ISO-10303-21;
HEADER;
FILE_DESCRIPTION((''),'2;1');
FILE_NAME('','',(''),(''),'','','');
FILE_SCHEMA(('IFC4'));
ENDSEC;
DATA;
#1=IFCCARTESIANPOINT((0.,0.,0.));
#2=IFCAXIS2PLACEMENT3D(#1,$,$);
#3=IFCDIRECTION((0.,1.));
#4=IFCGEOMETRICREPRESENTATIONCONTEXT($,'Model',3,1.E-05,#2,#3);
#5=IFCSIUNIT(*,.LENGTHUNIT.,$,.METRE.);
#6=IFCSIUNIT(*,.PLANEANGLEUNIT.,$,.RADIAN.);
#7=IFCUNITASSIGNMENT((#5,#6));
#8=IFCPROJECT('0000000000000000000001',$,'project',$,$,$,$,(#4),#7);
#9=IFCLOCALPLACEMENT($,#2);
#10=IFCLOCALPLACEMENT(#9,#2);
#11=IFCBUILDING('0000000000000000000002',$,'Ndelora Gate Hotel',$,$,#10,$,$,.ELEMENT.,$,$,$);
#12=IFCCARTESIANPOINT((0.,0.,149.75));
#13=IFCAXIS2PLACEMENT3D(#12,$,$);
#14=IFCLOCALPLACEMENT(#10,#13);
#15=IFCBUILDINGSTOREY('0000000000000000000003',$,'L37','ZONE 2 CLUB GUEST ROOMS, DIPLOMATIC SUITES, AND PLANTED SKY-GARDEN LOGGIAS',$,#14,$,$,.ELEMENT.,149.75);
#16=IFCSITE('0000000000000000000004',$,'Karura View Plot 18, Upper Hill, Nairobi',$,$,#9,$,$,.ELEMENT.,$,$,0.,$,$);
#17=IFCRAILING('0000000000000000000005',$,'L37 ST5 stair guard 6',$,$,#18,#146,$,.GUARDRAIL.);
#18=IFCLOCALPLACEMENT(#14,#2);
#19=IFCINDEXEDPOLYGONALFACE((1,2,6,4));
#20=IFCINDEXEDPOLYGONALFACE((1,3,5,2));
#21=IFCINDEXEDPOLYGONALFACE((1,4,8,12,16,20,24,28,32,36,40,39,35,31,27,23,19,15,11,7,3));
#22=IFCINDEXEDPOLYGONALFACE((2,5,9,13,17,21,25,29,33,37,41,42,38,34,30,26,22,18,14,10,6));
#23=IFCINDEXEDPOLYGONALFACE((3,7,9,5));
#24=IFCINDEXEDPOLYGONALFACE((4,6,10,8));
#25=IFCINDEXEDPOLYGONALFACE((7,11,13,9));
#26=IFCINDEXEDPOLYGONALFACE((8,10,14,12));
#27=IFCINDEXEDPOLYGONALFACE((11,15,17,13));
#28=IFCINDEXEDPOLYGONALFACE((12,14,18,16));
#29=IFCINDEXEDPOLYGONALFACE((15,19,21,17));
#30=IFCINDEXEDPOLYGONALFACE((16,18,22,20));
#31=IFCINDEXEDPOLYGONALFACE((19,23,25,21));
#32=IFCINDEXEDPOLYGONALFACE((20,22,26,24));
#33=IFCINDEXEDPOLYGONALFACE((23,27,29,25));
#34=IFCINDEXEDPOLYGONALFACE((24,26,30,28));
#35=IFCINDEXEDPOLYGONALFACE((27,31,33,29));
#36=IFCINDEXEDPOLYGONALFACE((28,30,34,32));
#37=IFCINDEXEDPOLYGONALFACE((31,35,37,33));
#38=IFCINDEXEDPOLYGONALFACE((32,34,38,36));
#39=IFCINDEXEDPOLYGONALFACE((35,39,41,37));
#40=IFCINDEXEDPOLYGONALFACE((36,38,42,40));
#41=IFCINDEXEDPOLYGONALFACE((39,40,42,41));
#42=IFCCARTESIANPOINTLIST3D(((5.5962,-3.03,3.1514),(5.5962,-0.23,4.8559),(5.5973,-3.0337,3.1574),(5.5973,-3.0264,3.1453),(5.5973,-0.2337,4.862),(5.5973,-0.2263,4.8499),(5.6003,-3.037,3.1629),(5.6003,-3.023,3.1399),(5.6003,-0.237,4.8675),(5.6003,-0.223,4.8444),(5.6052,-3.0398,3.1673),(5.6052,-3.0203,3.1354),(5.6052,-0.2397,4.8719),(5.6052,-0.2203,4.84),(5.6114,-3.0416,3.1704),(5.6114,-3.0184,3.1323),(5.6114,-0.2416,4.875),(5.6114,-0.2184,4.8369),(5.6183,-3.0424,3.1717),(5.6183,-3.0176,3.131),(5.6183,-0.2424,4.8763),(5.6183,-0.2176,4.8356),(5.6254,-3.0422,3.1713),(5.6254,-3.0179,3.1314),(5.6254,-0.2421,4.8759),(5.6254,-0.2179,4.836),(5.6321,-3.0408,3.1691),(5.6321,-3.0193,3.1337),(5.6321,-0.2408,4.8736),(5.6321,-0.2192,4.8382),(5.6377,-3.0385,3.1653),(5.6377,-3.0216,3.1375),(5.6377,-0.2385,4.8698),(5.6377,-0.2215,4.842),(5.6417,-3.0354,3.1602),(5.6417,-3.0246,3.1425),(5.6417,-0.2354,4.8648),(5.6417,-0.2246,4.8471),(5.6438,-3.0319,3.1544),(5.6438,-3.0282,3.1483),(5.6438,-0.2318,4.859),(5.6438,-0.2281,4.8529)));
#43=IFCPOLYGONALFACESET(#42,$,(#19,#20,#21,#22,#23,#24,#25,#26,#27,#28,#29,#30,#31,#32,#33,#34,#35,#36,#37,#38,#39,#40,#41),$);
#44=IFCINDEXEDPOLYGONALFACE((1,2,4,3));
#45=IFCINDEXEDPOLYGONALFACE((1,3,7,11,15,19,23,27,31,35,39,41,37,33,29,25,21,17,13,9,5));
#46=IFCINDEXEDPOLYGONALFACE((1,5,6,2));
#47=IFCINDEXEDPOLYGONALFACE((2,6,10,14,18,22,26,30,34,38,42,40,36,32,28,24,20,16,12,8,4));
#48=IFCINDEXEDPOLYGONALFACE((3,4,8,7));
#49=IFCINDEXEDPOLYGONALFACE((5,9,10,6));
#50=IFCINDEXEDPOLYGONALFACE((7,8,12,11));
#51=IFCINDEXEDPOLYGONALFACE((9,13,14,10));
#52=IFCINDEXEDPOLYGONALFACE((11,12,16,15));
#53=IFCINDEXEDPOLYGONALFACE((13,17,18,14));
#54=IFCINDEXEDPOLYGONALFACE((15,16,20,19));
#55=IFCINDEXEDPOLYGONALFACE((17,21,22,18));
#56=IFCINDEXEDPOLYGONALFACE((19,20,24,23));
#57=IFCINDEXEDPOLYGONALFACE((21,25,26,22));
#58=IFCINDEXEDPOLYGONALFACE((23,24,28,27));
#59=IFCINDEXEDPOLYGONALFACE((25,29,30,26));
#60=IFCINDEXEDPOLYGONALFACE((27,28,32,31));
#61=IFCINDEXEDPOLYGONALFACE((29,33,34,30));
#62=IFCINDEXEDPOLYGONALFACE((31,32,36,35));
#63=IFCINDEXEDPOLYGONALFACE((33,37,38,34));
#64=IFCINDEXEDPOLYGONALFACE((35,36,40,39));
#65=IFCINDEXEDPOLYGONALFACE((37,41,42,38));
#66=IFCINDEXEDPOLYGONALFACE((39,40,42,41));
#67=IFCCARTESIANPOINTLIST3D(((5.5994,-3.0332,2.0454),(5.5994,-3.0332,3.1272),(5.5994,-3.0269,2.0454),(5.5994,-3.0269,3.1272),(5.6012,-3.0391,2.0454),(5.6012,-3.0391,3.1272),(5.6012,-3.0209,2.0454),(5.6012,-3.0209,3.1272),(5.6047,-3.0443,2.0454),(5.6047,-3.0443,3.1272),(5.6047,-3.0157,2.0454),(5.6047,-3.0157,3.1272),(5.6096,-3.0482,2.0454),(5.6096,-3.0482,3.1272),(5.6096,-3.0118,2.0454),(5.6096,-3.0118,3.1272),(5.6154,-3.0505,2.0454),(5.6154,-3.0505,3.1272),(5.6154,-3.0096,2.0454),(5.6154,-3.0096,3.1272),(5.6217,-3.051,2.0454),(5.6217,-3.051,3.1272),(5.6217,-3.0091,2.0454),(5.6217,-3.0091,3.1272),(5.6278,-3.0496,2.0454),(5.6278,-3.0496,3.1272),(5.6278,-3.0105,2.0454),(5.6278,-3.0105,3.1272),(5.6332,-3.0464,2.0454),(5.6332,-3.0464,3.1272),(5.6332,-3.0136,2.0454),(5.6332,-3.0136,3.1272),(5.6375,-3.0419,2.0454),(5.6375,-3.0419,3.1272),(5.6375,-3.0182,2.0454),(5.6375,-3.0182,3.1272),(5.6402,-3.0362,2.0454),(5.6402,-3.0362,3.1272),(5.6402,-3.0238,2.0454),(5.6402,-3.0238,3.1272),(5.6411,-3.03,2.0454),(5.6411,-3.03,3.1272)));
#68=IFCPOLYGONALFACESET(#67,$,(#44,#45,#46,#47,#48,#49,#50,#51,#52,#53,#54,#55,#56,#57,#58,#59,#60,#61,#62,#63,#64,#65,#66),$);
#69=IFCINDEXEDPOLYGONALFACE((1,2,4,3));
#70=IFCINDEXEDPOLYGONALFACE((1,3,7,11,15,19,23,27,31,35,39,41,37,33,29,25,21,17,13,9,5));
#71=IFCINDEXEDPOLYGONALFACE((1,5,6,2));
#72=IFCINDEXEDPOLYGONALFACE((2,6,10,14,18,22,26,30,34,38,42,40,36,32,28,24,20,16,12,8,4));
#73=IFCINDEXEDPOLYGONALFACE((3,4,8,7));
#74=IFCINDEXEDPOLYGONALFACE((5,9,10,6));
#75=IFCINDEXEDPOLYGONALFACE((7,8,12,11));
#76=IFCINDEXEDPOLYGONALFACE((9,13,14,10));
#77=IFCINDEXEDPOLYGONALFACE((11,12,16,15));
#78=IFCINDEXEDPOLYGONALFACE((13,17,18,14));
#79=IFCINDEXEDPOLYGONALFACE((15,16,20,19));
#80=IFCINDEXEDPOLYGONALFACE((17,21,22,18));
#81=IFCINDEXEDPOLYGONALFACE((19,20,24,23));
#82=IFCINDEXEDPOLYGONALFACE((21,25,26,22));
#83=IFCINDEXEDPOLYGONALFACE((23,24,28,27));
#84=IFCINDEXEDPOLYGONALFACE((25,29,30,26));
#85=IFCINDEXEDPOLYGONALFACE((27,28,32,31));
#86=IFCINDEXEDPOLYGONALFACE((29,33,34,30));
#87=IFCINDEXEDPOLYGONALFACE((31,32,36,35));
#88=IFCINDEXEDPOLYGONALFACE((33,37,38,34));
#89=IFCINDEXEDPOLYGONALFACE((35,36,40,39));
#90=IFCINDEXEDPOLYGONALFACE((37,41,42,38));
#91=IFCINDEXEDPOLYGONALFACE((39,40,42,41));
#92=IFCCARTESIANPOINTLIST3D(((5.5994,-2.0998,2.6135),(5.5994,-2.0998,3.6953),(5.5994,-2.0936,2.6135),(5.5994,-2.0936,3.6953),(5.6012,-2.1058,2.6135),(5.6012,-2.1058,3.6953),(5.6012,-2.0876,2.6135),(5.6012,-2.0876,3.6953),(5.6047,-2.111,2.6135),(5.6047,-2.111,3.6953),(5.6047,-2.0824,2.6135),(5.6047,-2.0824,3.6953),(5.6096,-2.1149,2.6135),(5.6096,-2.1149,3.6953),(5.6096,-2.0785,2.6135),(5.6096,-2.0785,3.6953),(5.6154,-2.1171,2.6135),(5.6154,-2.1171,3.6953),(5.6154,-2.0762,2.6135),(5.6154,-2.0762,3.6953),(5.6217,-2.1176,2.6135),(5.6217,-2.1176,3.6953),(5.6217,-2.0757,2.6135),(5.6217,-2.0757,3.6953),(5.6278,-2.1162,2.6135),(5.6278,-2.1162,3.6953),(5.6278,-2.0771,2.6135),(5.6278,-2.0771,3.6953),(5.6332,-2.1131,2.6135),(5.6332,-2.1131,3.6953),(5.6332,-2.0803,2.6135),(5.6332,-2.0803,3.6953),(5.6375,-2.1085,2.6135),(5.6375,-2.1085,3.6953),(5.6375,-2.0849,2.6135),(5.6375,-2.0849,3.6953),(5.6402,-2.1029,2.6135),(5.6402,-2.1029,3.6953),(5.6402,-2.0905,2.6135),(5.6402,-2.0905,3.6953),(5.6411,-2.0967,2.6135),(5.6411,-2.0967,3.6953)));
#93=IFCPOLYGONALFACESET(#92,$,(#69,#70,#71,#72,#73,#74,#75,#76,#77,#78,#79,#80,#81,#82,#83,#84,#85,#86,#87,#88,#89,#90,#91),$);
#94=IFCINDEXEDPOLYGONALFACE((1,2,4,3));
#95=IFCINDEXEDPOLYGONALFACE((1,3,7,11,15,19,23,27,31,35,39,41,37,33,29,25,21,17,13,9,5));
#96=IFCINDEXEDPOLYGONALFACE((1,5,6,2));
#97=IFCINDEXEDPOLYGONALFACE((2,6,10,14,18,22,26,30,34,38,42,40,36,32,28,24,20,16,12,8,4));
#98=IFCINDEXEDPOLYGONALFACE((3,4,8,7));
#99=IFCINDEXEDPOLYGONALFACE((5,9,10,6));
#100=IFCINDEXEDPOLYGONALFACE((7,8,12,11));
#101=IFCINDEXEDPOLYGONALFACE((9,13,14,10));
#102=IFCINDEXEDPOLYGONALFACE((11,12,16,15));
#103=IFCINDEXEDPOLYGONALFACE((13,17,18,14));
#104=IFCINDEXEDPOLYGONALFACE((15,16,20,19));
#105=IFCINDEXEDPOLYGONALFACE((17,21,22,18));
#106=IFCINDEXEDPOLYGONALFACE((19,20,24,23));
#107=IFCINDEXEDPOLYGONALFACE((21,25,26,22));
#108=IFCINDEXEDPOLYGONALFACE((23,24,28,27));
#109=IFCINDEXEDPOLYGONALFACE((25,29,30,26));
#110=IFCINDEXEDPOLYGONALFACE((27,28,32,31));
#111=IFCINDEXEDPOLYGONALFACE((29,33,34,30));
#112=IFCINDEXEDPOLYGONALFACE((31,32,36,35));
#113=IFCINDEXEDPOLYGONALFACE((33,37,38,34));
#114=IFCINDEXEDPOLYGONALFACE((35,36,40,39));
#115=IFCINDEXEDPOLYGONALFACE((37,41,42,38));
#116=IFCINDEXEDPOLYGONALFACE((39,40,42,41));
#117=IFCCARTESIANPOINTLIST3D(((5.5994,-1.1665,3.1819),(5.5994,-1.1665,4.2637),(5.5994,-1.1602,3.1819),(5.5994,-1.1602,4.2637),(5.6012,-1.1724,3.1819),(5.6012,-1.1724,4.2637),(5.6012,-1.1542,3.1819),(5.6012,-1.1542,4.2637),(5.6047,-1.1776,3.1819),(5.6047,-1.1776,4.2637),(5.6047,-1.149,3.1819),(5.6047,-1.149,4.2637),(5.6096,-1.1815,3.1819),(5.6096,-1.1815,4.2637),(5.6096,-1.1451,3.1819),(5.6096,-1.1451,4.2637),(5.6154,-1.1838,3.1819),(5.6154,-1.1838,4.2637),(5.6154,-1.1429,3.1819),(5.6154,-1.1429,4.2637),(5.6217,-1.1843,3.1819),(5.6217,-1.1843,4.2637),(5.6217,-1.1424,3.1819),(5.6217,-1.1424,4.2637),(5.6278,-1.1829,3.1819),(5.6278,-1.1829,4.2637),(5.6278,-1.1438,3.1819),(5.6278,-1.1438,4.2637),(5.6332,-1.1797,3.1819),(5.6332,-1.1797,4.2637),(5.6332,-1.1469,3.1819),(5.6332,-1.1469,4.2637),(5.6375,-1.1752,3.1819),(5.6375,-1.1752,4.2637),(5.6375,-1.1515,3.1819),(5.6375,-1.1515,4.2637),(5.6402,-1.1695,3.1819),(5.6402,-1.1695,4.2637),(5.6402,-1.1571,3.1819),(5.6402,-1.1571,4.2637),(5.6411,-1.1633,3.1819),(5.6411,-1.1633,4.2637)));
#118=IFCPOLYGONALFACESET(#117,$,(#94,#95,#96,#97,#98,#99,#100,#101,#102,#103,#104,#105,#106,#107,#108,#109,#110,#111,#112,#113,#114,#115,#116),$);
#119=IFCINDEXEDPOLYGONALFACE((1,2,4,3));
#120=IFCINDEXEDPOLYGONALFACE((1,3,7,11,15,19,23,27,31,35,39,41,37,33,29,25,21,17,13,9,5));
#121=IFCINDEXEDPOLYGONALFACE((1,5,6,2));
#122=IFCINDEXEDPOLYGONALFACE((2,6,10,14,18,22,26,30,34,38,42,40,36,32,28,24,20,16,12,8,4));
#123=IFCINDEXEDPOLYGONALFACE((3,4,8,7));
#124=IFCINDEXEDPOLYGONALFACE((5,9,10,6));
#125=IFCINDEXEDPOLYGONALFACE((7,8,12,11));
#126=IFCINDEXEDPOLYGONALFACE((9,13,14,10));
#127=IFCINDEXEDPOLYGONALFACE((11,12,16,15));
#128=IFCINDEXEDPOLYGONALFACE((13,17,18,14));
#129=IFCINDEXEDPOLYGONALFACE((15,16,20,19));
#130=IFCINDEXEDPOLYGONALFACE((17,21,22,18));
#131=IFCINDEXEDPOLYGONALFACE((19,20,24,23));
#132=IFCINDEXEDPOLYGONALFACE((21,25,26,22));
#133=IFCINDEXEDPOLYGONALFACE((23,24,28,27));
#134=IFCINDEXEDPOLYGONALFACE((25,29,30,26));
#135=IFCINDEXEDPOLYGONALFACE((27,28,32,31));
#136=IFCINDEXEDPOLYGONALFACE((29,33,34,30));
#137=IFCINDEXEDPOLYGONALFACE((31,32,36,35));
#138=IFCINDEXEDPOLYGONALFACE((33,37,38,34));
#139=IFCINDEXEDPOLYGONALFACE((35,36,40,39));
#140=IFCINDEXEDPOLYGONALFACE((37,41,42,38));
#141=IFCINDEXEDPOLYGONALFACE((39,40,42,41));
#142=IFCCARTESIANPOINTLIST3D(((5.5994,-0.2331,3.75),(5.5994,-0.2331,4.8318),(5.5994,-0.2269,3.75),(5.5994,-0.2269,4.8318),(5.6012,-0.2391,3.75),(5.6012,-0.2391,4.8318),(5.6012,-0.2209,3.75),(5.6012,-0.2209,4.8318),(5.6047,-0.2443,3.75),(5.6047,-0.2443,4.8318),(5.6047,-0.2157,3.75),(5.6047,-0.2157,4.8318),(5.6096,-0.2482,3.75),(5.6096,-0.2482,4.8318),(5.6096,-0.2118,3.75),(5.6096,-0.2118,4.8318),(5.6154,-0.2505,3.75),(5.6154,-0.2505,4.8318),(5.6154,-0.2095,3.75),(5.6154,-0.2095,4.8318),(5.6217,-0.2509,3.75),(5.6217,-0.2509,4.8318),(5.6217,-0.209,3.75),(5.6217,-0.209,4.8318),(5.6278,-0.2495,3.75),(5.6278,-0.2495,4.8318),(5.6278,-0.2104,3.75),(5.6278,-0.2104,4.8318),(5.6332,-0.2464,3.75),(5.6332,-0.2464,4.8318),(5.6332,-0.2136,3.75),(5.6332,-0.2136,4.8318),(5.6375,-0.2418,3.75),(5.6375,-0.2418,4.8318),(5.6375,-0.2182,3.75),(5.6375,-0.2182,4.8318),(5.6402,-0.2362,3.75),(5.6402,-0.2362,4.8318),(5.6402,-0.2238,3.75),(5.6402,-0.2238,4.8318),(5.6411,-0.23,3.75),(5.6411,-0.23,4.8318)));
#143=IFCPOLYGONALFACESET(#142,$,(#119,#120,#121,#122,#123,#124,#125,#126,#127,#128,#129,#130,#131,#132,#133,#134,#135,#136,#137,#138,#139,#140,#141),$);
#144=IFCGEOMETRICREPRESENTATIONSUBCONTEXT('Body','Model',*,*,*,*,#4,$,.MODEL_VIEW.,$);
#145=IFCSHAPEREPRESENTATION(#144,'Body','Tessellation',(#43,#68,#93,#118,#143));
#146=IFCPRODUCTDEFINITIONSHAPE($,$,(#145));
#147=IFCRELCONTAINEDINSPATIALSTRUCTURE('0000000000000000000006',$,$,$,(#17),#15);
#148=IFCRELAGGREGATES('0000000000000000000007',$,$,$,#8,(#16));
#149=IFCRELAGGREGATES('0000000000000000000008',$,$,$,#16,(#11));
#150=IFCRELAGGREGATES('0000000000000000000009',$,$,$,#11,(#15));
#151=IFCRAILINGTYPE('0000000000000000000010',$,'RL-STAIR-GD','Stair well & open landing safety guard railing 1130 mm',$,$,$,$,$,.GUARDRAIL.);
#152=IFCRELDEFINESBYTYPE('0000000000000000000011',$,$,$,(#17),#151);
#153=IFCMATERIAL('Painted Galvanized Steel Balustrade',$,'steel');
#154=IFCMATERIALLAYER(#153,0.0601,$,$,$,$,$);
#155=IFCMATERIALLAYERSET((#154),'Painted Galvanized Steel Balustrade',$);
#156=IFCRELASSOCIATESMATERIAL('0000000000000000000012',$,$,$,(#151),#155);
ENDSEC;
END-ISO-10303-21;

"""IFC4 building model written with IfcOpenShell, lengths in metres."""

from ifc_helpers import new_model, si_unit, direction, frame, origin, origin_2d, place, context, subcontext, project, spatial, circle, extrude, material, layer, layer_set, type_object, element, save


model = new_model("IFC4")

# Units and contexts
model_context = context("Model", 3, precision=1e-05, world=origin(), true_north=direction((0.0, 1.0)))
body_context = subcontext(model_context, "Body", "Model", "MODEL_VIEW")
ifc_project = project(units=[si_unit("LENGTHUNIT", "METRE"), si_unit("PLANEANGLEUNIT", "RADIAN")], contexts=[model_context])

# Site, building, storey
site_placement = place(None, origin())
site = spatial("IfcSite", under=ifc_project, at=site_placement, Name="Karura View Plot 18, Upper Hill, Nairobi", CompositionType="ELEMENT", RefElevation=0.0)
building_placement = place(site_placement, origin())
building = spatial("IfcBuilding", under=site, at=building_placement, Name="Ndelora Gate Hotel", CompositionType="ELEMENT")
storey_placement = place(building_placement, frame((0.0, 0.0, 149.75)))
storey = spatial("IfcBuildingStorey", under=building, at=storey_placement, Name="L37", Description="ZONE 2 CLUB GUEST ROOMS, DIPLOMATIC SUITES, AND PLANTED SKY-GARDEN LOGGIAS", CompositionType="ELEMENT", Elevation=149.75)

# Railing
ifc_material_1 = material(Name="Painted Galvanized Steel Balustrade", Category="steel")
ifc_layer_1 = layer(ifc_material_1, 0.0601)
ifc_layer_set_1 = layer_set([ifc_layer_1], Name="Painted Galvanized Steel Balustrade")
railing_type_1 = type_object("IfcRailingType", Name="RL-STAIR-GD", Description="Stair well & open landing safety guard railing 1130 mm", PredefinedType="GUARDRAIL", material=ifc_layer_set_1)
railing_1_placement = place(storey_placement, frame((5.6201, -3.03, 2.0454)))
element("IfcRailing", 1, at=railing_1_placement, inside=storey, type_object=railing_type_1, Name="L37 ST5 stair guard 6", PredefinedType="GUARDRAIL", context=body_context, shape_type="SweptSolid", body=[
    extrude(circle(Radius=0.0239, at=origin_2d()), frame((0.0, 0.0, 1.106), z_axis=(0.0, 0.85417, 0.519994), x_axis=(-1.0, 0.0, 0.0)), (0.0, 0.0, 1.0), 3.2781),
    extrude(circle(Radius=0.021, at=origin_2d()), origin(), (0.0, 0.0, 1.0), 1.0818),
    extrude(circle(Radius=0.021, at=origin_2d()), frame((0.0, 0.9333, 0.5681)), (0.0, 0.0, 1.0), 1.0818),
    extrude(circle(Radius=0.021, at=origin_2d()), frame((0.0, 1.8667, 1.1365)), (0.0, 0.0, 1.0), 1.0818),
    extrude(circle(Radius=0.021, at=origin_2d()), frame((0.0, 2.8, 1.7046)), (0.0, 0.0, 1.0), 1.0818),
])

save(model, "model.ifc")
